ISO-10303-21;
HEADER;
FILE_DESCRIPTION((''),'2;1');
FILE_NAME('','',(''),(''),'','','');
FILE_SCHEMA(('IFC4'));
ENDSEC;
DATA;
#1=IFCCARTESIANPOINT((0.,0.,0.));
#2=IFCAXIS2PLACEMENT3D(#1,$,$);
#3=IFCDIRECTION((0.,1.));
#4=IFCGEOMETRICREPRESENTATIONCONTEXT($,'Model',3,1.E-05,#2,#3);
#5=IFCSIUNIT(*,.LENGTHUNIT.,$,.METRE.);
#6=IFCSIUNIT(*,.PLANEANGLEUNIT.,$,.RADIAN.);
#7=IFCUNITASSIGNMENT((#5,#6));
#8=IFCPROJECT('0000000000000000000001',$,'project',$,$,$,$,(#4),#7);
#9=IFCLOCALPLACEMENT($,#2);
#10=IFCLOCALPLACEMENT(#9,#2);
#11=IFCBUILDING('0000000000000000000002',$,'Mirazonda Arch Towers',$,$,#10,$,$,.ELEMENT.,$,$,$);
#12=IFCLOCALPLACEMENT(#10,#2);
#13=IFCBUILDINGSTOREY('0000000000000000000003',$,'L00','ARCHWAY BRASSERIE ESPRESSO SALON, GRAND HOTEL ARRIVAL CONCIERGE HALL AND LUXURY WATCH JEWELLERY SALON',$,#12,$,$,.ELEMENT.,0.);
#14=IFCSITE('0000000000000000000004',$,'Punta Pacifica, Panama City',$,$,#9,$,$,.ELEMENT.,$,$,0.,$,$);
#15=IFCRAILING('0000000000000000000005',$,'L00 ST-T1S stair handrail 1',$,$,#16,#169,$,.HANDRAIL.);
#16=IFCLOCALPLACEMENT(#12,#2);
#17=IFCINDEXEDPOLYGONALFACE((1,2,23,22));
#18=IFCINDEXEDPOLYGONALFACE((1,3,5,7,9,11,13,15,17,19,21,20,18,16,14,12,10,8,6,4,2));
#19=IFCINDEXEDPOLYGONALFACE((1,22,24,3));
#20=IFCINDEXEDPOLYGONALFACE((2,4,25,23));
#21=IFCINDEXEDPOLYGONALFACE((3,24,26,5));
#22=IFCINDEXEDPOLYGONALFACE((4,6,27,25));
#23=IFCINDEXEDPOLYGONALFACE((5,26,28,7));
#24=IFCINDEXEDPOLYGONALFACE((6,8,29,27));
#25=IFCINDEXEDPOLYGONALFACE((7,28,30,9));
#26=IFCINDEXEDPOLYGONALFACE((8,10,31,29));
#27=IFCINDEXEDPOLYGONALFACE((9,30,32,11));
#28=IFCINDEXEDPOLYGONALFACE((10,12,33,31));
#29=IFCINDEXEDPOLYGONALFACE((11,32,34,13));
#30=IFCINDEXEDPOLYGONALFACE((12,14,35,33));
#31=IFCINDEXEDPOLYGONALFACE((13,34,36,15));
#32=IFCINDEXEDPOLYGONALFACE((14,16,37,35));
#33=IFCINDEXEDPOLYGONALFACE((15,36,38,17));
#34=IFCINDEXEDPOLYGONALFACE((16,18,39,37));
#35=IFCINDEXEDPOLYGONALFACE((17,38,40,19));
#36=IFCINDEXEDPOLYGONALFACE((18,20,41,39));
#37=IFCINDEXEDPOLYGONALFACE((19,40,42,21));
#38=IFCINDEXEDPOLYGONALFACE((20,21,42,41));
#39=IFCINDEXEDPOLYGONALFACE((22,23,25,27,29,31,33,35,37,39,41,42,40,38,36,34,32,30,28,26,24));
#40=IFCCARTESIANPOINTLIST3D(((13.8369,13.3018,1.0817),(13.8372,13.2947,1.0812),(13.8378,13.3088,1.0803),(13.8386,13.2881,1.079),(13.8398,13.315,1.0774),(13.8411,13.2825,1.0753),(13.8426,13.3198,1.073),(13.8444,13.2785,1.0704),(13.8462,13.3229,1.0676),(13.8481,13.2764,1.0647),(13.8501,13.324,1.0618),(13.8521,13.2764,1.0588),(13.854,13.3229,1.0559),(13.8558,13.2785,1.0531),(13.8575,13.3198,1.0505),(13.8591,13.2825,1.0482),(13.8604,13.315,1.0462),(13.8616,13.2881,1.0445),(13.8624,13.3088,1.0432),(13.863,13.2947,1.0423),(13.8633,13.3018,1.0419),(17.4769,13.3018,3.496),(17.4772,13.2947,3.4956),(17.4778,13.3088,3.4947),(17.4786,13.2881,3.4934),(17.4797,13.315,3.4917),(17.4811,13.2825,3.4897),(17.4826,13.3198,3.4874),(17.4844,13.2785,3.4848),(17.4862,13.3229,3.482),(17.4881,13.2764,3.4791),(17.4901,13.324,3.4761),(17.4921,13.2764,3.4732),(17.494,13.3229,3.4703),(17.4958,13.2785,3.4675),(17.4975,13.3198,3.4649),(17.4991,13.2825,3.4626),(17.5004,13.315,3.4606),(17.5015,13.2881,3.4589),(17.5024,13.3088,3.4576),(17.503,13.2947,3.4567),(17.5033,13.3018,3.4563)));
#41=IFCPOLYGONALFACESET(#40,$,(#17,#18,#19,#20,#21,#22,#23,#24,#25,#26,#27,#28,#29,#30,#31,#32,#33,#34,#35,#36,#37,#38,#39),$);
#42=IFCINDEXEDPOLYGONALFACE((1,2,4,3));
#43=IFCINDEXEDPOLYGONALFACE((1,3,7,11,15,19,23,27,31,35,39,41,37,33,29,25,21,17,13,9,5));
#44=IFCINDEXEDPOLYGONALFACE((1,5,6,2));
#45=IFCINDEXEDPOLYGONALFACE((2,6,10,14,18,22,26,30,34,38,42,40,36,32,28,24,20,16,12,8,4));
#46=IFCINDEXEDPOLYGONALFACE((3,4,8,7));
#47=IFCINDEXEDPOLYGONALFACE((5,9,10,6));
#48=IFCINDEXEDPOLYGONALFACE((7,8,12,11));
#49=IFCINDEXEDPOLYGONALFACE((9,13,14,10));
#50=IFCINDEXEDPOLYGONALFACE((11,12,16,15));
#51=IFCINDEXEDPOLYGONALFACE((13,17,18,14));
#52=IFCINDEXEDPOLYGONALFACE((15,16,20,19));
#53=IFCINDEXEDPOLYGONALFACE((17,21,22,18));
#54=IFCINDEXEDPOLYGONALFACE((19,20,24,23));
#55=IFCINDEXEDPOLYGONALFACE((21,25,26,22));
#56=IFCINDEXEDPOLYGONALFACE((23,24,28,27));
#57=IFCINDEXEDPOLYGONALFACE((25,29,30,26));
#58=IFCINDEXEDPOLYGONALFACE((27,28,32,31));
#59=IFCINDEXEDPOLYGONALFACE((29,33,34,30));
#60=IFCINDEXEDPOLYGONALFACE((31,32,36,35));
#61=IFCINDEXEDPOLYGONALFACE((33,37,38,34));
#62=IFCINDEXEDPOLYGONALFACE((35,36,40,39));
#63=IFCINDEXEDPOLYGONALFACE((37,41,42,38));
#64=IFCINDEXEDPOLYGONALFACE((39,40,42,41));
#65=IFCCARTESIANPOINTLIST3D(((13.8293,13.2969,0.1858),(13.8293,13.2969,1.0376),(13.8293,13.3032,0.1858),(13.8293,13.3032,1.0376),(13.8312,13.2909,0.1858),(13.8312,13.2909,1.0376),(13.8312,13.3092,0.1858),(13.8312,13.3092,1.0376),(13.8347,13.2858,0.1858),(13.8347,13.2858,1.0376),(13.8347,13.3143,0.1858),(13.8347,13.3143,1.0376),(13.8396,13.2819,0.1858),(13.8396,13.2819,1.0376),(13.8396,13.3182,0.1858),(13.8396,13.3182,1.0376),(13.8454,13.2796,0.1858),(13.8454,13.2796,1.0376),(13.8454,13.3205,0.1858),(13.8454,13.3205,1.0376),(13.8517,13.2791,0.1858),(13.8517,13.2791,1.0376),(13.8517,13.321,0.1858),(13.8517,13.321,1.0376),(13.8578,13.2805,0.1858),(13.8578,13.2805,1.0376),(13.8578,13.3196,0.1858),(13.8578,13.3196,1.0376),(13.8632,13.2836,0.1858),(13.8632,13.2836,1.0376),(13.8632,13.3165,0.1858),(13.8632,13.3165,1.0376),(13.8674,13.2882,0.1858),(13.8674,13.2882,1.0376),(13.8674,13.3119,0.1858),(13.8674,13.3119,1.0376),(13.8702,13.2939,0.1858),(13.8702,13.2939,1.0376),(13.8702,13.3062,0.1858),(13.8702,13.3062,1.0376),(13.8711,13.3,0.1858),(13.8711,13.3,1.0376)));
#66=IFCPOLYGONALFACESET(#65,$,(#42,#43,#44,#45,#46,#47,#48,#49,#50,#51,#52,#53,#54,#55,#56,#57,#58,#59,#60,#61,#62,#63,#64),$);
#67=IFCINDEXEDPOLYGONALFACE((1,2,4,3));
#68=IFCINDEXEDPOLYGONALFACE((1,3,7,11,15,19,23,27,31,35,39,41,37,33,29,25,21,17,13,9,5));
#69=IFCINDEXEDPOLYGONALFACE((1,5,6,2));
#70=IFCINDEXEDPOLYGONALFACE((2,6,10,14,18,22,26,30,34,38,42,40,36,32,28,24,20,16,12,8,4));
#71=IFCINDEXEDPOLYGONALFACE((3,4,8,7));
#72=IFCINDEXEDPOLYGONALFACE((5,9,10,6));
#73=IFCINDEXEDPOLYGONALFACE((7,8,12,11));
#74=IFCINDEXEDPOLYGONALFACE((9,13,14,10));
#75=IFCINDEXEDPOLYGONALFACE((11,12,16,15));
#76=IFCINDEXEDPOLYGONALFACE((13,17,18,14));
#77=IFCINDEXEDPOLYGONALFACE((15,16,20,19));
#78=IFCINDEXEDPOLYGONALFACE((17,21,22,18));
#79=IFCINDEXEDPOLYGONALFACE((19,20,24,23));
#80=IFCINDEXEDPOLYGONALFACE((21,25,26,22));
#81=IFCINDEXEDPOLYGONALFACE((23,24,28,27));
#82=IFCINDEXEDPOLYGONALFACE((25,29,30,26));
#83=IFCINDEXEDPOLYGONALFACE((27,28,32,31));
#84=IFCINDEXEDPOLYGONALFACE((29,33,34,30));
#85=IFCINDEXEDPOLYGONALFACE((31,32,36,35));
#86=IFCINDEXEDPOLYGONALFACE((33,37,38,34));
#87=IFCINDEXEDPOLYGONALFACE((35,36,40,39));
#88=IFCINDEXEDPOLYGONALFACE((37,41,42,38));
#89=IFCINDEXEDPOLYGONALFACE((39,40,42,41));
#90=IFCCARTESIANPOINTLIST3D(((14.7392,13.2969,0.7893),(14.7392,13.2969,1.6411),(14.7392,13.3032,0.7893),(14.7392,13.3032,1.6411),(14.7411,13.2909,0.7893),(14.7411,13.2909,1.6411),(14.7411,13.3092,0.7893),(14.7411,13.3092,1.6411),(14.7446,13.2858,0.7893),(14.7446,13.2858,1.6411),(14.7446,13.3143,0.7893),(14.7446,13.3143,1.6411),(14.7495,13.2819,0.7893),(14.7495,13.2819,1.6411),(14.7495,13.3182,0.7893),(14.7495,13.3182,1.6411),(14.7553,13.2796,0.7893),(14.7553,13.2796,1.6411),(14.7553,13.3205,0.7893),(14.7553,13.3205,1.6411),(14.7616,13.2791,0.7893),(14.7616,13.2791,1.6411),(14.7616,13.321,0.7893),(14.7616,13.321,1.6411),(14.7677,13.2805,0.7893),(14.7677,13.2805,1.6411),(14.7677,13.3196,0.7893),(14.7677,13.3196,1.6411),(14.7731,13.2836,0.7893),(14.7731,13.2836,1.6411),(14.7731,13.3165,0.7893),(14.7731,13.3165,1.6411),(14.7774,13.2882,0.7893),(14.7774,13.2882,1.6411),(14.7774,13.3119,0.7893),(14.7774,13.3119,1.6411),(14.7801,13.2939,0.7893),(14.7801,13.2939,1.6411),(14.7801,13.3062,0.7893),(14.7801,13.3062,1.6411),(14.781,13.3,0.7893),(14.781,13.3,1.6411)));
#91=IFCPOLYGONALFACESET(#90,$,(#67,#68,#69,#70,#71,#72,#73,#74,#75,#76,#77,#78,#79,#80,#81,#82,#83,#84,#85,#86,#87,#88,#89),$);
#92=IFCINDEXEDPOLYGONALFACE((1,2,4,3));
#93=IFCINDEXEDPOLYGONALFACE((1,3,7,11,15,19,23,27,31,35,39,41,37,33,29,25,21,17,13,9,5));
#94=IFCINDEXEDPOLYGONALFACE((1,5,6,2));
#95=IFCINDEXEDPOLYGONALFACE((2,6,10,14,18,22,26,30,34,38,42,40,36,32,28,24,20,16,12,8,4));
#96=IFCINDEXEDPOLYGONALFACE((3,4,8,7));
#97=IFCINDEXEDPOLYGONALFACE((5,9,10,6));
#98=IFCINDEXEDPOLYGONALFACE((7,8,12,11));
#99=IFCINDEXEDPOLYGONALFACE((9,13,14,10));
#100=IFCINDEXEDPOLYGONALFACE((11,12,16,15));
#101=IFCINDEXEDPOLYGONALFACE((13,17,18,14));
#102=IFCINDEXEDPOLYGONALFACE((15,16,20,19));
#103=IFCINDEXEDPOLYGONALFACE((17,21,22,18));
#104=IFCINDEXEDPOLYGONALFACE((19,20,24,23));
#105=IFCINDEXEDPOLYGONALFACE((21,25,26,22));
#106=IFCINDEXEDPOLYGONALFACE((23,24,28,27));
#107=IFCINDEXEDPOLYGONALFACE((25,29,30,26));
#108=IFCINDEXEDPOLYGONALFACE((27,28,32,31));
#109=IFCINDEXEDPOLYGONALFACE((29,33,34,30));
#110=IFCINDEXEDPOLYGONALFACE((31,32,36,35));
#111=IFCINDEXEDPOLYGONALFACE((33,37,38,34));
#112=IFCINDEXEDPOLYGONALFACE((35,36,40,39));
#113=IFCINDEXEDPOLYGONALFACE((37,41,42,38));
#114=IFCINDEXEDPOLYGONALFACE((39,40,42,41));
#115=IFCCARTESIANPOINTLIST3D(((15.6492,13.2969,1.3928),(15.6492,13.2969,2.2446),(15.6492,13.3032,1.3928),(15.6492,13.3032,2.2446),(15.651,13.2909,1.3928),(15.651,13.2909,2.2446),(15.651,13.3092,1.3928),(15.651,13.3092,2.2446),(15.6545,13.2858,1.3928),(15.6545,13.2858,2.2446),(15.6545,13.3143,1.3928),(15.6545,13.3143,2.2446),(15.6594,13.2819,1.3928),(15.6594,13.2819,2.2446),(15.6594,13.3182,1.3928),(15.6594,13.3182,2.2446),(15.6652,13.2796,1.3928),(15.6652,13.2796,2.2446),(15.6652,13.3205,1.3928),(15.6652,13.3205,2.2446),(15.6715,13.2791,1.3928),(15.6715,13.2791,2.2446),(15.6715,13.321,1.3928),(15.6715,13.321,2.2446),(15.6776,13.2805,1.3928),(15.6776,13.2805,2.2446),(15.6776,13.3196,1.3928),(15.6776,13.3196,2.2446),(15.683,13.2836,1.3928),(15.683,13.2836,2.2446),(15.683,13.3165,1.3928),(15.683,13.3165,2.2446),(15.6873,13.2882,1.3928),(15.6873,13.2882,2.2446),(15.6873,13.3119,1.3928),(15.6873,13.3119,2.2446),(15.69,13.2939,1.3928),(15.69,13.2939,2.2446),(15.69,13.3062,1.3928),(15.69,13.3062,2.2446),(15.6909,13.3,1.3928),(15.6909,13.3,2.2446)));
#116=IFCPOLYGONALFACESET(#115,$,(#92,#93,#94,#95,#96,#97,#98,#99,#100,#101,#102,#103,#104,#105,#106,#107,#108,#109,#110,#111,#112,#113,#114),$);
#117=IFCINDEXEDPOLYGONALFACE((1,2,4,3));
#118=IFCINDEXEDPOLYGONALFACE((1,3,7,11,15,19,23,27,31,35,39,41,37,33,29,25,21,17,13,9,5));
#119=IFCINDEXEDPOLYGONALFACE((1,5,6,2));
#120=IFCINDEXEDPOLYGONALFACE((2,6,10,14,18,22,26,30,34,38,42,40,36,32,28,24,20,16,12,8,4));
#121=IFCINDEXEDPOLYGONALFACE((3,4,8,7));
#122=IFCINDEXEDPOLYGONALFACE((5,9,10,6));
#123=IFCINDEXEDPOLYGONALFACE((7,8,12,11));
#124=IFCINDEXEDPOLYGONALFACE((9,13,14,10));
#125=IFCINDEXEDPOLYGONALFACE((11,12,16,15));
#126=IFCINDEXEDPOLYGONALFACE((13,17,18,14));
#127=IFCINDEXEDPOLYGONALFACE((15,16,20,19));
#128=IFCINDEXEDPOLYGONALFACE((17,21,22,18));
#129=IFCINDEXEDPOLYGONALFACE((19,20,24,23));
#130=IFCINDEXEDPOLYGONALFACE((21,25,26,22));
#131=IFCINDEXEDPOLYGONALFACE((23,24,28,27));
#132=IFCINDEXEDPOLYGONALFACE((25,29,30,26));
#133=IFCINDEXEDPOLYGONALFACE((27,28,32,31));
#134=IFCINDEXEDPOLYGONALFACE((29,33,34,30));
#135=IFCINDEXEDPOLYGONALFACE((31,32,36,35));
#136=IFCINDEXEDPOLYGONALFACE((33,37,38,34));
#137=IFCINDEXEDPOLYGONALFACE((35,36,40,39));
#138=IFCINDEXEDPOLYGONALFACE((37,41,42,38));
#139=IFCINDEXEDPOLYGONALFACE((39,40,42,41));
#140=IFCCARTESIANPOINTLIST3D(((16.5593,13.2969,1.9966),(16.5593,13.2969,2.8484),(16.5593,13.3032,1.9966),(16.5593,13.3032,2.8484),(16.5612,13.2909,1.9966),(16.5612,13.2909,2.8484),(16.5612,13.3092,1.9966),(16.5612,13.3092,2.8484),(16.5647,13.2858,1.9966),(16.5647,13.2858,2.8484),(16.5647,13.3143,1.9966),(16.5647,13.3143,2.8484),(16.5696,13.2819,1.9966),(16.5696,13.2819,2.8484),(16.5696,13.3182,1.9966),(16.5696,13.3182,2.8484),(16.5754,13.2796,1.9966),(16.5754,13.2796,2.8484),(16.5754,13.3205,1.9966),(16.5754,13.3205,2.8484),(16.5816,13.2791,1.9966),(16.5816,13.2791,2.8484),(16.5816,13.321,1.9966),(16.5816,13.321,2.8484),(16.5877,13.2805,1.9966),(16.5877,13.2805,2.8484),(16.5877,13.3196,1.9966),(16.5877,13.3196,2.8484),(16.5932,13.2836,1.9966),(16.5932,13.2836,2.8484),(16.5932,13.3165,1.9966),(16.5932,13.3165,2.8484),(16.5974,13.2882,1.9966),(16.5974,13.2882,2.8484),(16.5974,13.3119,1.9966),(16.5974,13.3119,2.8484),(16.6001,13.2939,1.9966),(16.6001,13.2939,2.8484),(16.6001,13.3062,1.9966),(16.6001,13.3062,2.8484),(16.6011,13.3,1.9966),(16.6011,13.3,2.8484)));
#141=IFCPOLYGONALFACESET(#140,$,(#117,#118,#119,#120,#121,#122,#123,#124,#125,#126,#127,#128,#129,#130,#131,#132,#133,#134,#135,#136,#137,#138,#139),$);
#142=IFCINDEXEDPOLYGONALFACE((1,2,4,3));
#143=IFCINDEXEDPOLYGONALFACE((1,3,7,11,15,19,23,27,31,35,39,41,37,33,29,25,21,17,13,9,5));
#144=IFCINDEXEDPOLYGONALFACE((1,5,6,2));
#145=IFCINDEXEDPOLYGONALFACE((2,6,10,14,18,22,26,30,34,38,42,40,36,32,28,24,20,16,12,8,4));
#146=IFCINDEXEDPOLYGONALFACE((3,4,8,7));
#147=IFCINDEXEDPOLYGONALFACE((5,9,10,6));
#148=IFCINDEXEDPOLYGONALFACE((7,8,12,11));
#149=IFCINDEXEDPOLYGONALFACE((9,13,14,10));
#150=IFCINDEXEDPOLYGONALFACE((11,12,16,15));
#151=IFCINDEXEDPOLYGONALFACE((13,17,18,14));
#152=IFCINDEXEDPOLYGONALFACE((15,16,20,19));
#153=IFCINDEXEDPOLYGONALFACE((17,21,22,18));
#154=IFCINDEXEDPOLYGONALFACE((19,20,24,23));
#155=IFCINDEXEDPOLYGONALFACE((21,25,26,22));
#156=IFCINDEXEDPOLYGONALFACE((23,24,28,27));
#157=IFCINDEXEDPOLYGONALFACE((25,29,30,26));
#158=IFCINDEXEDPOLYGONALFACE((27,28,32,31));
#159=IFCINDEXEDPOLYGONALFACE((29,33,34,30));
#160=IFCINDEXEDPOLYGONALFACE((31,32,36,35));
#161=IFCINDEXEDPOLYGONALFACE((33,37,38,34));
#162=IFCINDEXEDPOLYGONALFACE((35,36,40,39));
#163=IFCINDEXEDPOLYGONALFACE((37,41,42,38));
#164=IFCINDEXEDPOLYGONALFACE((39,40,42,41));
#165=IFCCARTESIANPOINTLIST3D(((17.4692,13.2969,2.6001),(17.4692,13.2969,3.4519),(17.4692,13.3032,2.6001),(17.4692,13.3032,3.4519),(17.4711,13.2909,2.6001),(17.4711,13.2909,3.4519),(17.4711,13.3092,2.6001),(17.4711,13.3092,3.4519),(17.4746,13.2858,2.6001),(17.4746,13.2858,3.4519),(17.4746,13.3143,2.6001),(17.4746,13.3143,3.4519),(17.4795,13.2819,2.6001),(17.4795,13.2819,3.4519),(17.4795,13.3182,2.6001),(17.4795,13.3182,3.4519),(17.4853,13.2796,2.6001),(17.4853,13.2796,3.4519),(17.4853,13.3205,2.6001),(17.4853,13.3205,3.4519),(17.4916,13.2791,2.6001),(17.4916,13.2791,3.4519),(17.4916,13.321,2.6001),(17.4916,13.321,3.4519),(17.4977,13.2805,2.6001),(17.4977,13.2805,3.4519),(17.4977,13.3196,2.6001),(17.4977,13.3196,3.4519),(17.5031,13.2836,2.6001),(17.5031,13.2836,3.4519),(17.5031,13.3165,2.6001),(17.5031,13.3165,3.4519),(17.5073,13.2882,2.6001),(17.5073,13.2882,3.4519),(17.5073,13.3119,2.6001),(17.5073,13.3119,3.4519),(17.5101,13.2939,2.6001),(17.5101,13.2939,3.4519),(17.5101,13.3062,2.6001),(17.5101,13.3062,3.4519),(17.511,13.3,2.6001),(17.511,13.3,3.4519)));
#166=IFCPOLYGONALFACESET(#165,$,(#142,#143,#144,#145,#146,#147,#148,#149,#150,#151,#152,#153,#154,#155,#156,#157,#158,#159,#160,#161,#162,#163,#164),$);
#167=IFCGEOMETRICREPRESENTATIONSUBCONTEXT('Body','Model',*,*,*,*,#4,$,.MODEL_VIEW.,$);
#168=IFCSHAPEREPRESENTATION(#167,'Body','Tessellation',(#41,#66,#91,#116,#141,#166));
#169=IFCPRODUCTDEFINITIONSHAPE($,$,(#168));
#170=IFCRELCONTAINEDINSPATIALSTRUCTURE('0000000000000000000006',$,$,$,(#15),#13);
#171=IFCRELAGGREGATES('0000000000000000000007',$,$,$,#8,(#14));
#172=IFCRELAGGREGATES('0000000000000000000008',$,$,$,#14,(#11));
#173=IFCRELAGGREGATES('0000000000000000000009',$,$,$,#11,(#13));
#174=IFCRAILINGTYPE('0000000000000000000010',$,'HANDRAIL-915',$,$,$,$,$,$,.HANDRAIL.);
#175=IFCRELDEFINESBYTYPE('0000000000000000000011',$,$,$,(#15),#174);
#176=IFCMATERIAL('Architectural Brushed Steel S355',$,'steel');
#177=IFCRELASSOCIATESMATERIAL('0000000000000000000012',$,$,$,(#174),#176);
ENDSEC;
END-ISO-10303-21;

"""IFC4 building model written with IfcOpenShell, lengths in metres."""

from ifc_helpers import new_model, si_unit, direction, frame, origin, origin_2d, place, context, subcontext, project, spatial, circle, extrude, material, type_object, element, save


model = new_model("IFC4")

# Units and contexts
model_context = context("Model", 3, precision=1e-05, world=origin(), true_north=direction((0.0, 1.0)))
body_context = subcontext(model_context, "Body", "Model", "MODEL_VIEW")
ifc_project = project(units=[si_unit("LENGTHUNIT", "METRE"), si_unit("PLANEANGLEUNIT", "RADIAN")], contexts=[model_context])

# Site, building, storey
site_placement = place(None, origin())
site = spatial("IfcSite", under=ifc_project, at=site_placement, Name="Punta Pacifica, Panama City", CompositionType="ELEMENT", RefElevation=0.0)
building_placement = place(site_placement, origin())
building = spatial("IfcBuilding", under=site, at=building_placement, Name="Mirazonda Arch Towers", CompositionType="ELEMENT")
storey_placement = place(building_placement, origin())
storey = spatial("IfcBuildingStorey", under=building, at=storey_placement, Name="L00", Description="ARCHWAY BRASSERIE ESPRESSO SALON, GRAND HOTEL ARRIVAL CONCIERGE HALL AND LUXURY WATCH JEWELLERY SALON", CompositionType="ELEMENT", Elevation=0.0)

# Shared definitions
ifc_material_1 = material(Name="Architectural Brushed Steel S355", Category="steel")

# Railing
railing_type_1 = type_object("IfcRailingType", Name="HANDRAIL-915", PredefinedType="HANDRAIL", material=ifc_material_1)
railing_1_placement = place(storey_placement, frame((13.8501, 13.3, 0.1858)))
element("IfcRailing", 1, at=railing_1_placement, inside=storey, type_object=railing_type_1, Name="L00 ST-T1S stair handrail 1", PredefinedType="HANDRAIL", context=body_context, shape_type="SweptSolid", body=[
    extrude(circle(Radius=0.0239, at=origin_2d()), frame((0.0, 0.0, 0.876), z_axis=(0.833347, 0.0, 0.552751), x_axis=(0.0, 1.0, 0.0)), (0.0, 0.0, 1.0), 4.3679),
    extrude(circle(Radius=0.021, at=origin_2d()), origin(), (0.0, 0.0, 1.0), 0.8518),
    extrude(circle(Radius=0.021, at=origin_2d()), frame((0.9099, 0.0, 0.6035)), (0.0, 0.0, 1.0), 0.8518),
    extrude(circle(Radius=0.021, at=origin_2d()), frame((1.8198, 0.0, 1.207)), (0.0, 0.0, 1.0), 0.8518),
    extrude(circle(Radius=0.021, at=origin_2d()), frame((2.73, 0.0, 1.8108)), (0.0, 0.0, 1.0), 0.8518),
    extrude(circle(Radius=0.021, at=origin_2d()), frame((3.6399, 0.0, 2.4143)), (0.0, 0.0, 1.0), 0.8518),
])

save(model, "model.ifc")
